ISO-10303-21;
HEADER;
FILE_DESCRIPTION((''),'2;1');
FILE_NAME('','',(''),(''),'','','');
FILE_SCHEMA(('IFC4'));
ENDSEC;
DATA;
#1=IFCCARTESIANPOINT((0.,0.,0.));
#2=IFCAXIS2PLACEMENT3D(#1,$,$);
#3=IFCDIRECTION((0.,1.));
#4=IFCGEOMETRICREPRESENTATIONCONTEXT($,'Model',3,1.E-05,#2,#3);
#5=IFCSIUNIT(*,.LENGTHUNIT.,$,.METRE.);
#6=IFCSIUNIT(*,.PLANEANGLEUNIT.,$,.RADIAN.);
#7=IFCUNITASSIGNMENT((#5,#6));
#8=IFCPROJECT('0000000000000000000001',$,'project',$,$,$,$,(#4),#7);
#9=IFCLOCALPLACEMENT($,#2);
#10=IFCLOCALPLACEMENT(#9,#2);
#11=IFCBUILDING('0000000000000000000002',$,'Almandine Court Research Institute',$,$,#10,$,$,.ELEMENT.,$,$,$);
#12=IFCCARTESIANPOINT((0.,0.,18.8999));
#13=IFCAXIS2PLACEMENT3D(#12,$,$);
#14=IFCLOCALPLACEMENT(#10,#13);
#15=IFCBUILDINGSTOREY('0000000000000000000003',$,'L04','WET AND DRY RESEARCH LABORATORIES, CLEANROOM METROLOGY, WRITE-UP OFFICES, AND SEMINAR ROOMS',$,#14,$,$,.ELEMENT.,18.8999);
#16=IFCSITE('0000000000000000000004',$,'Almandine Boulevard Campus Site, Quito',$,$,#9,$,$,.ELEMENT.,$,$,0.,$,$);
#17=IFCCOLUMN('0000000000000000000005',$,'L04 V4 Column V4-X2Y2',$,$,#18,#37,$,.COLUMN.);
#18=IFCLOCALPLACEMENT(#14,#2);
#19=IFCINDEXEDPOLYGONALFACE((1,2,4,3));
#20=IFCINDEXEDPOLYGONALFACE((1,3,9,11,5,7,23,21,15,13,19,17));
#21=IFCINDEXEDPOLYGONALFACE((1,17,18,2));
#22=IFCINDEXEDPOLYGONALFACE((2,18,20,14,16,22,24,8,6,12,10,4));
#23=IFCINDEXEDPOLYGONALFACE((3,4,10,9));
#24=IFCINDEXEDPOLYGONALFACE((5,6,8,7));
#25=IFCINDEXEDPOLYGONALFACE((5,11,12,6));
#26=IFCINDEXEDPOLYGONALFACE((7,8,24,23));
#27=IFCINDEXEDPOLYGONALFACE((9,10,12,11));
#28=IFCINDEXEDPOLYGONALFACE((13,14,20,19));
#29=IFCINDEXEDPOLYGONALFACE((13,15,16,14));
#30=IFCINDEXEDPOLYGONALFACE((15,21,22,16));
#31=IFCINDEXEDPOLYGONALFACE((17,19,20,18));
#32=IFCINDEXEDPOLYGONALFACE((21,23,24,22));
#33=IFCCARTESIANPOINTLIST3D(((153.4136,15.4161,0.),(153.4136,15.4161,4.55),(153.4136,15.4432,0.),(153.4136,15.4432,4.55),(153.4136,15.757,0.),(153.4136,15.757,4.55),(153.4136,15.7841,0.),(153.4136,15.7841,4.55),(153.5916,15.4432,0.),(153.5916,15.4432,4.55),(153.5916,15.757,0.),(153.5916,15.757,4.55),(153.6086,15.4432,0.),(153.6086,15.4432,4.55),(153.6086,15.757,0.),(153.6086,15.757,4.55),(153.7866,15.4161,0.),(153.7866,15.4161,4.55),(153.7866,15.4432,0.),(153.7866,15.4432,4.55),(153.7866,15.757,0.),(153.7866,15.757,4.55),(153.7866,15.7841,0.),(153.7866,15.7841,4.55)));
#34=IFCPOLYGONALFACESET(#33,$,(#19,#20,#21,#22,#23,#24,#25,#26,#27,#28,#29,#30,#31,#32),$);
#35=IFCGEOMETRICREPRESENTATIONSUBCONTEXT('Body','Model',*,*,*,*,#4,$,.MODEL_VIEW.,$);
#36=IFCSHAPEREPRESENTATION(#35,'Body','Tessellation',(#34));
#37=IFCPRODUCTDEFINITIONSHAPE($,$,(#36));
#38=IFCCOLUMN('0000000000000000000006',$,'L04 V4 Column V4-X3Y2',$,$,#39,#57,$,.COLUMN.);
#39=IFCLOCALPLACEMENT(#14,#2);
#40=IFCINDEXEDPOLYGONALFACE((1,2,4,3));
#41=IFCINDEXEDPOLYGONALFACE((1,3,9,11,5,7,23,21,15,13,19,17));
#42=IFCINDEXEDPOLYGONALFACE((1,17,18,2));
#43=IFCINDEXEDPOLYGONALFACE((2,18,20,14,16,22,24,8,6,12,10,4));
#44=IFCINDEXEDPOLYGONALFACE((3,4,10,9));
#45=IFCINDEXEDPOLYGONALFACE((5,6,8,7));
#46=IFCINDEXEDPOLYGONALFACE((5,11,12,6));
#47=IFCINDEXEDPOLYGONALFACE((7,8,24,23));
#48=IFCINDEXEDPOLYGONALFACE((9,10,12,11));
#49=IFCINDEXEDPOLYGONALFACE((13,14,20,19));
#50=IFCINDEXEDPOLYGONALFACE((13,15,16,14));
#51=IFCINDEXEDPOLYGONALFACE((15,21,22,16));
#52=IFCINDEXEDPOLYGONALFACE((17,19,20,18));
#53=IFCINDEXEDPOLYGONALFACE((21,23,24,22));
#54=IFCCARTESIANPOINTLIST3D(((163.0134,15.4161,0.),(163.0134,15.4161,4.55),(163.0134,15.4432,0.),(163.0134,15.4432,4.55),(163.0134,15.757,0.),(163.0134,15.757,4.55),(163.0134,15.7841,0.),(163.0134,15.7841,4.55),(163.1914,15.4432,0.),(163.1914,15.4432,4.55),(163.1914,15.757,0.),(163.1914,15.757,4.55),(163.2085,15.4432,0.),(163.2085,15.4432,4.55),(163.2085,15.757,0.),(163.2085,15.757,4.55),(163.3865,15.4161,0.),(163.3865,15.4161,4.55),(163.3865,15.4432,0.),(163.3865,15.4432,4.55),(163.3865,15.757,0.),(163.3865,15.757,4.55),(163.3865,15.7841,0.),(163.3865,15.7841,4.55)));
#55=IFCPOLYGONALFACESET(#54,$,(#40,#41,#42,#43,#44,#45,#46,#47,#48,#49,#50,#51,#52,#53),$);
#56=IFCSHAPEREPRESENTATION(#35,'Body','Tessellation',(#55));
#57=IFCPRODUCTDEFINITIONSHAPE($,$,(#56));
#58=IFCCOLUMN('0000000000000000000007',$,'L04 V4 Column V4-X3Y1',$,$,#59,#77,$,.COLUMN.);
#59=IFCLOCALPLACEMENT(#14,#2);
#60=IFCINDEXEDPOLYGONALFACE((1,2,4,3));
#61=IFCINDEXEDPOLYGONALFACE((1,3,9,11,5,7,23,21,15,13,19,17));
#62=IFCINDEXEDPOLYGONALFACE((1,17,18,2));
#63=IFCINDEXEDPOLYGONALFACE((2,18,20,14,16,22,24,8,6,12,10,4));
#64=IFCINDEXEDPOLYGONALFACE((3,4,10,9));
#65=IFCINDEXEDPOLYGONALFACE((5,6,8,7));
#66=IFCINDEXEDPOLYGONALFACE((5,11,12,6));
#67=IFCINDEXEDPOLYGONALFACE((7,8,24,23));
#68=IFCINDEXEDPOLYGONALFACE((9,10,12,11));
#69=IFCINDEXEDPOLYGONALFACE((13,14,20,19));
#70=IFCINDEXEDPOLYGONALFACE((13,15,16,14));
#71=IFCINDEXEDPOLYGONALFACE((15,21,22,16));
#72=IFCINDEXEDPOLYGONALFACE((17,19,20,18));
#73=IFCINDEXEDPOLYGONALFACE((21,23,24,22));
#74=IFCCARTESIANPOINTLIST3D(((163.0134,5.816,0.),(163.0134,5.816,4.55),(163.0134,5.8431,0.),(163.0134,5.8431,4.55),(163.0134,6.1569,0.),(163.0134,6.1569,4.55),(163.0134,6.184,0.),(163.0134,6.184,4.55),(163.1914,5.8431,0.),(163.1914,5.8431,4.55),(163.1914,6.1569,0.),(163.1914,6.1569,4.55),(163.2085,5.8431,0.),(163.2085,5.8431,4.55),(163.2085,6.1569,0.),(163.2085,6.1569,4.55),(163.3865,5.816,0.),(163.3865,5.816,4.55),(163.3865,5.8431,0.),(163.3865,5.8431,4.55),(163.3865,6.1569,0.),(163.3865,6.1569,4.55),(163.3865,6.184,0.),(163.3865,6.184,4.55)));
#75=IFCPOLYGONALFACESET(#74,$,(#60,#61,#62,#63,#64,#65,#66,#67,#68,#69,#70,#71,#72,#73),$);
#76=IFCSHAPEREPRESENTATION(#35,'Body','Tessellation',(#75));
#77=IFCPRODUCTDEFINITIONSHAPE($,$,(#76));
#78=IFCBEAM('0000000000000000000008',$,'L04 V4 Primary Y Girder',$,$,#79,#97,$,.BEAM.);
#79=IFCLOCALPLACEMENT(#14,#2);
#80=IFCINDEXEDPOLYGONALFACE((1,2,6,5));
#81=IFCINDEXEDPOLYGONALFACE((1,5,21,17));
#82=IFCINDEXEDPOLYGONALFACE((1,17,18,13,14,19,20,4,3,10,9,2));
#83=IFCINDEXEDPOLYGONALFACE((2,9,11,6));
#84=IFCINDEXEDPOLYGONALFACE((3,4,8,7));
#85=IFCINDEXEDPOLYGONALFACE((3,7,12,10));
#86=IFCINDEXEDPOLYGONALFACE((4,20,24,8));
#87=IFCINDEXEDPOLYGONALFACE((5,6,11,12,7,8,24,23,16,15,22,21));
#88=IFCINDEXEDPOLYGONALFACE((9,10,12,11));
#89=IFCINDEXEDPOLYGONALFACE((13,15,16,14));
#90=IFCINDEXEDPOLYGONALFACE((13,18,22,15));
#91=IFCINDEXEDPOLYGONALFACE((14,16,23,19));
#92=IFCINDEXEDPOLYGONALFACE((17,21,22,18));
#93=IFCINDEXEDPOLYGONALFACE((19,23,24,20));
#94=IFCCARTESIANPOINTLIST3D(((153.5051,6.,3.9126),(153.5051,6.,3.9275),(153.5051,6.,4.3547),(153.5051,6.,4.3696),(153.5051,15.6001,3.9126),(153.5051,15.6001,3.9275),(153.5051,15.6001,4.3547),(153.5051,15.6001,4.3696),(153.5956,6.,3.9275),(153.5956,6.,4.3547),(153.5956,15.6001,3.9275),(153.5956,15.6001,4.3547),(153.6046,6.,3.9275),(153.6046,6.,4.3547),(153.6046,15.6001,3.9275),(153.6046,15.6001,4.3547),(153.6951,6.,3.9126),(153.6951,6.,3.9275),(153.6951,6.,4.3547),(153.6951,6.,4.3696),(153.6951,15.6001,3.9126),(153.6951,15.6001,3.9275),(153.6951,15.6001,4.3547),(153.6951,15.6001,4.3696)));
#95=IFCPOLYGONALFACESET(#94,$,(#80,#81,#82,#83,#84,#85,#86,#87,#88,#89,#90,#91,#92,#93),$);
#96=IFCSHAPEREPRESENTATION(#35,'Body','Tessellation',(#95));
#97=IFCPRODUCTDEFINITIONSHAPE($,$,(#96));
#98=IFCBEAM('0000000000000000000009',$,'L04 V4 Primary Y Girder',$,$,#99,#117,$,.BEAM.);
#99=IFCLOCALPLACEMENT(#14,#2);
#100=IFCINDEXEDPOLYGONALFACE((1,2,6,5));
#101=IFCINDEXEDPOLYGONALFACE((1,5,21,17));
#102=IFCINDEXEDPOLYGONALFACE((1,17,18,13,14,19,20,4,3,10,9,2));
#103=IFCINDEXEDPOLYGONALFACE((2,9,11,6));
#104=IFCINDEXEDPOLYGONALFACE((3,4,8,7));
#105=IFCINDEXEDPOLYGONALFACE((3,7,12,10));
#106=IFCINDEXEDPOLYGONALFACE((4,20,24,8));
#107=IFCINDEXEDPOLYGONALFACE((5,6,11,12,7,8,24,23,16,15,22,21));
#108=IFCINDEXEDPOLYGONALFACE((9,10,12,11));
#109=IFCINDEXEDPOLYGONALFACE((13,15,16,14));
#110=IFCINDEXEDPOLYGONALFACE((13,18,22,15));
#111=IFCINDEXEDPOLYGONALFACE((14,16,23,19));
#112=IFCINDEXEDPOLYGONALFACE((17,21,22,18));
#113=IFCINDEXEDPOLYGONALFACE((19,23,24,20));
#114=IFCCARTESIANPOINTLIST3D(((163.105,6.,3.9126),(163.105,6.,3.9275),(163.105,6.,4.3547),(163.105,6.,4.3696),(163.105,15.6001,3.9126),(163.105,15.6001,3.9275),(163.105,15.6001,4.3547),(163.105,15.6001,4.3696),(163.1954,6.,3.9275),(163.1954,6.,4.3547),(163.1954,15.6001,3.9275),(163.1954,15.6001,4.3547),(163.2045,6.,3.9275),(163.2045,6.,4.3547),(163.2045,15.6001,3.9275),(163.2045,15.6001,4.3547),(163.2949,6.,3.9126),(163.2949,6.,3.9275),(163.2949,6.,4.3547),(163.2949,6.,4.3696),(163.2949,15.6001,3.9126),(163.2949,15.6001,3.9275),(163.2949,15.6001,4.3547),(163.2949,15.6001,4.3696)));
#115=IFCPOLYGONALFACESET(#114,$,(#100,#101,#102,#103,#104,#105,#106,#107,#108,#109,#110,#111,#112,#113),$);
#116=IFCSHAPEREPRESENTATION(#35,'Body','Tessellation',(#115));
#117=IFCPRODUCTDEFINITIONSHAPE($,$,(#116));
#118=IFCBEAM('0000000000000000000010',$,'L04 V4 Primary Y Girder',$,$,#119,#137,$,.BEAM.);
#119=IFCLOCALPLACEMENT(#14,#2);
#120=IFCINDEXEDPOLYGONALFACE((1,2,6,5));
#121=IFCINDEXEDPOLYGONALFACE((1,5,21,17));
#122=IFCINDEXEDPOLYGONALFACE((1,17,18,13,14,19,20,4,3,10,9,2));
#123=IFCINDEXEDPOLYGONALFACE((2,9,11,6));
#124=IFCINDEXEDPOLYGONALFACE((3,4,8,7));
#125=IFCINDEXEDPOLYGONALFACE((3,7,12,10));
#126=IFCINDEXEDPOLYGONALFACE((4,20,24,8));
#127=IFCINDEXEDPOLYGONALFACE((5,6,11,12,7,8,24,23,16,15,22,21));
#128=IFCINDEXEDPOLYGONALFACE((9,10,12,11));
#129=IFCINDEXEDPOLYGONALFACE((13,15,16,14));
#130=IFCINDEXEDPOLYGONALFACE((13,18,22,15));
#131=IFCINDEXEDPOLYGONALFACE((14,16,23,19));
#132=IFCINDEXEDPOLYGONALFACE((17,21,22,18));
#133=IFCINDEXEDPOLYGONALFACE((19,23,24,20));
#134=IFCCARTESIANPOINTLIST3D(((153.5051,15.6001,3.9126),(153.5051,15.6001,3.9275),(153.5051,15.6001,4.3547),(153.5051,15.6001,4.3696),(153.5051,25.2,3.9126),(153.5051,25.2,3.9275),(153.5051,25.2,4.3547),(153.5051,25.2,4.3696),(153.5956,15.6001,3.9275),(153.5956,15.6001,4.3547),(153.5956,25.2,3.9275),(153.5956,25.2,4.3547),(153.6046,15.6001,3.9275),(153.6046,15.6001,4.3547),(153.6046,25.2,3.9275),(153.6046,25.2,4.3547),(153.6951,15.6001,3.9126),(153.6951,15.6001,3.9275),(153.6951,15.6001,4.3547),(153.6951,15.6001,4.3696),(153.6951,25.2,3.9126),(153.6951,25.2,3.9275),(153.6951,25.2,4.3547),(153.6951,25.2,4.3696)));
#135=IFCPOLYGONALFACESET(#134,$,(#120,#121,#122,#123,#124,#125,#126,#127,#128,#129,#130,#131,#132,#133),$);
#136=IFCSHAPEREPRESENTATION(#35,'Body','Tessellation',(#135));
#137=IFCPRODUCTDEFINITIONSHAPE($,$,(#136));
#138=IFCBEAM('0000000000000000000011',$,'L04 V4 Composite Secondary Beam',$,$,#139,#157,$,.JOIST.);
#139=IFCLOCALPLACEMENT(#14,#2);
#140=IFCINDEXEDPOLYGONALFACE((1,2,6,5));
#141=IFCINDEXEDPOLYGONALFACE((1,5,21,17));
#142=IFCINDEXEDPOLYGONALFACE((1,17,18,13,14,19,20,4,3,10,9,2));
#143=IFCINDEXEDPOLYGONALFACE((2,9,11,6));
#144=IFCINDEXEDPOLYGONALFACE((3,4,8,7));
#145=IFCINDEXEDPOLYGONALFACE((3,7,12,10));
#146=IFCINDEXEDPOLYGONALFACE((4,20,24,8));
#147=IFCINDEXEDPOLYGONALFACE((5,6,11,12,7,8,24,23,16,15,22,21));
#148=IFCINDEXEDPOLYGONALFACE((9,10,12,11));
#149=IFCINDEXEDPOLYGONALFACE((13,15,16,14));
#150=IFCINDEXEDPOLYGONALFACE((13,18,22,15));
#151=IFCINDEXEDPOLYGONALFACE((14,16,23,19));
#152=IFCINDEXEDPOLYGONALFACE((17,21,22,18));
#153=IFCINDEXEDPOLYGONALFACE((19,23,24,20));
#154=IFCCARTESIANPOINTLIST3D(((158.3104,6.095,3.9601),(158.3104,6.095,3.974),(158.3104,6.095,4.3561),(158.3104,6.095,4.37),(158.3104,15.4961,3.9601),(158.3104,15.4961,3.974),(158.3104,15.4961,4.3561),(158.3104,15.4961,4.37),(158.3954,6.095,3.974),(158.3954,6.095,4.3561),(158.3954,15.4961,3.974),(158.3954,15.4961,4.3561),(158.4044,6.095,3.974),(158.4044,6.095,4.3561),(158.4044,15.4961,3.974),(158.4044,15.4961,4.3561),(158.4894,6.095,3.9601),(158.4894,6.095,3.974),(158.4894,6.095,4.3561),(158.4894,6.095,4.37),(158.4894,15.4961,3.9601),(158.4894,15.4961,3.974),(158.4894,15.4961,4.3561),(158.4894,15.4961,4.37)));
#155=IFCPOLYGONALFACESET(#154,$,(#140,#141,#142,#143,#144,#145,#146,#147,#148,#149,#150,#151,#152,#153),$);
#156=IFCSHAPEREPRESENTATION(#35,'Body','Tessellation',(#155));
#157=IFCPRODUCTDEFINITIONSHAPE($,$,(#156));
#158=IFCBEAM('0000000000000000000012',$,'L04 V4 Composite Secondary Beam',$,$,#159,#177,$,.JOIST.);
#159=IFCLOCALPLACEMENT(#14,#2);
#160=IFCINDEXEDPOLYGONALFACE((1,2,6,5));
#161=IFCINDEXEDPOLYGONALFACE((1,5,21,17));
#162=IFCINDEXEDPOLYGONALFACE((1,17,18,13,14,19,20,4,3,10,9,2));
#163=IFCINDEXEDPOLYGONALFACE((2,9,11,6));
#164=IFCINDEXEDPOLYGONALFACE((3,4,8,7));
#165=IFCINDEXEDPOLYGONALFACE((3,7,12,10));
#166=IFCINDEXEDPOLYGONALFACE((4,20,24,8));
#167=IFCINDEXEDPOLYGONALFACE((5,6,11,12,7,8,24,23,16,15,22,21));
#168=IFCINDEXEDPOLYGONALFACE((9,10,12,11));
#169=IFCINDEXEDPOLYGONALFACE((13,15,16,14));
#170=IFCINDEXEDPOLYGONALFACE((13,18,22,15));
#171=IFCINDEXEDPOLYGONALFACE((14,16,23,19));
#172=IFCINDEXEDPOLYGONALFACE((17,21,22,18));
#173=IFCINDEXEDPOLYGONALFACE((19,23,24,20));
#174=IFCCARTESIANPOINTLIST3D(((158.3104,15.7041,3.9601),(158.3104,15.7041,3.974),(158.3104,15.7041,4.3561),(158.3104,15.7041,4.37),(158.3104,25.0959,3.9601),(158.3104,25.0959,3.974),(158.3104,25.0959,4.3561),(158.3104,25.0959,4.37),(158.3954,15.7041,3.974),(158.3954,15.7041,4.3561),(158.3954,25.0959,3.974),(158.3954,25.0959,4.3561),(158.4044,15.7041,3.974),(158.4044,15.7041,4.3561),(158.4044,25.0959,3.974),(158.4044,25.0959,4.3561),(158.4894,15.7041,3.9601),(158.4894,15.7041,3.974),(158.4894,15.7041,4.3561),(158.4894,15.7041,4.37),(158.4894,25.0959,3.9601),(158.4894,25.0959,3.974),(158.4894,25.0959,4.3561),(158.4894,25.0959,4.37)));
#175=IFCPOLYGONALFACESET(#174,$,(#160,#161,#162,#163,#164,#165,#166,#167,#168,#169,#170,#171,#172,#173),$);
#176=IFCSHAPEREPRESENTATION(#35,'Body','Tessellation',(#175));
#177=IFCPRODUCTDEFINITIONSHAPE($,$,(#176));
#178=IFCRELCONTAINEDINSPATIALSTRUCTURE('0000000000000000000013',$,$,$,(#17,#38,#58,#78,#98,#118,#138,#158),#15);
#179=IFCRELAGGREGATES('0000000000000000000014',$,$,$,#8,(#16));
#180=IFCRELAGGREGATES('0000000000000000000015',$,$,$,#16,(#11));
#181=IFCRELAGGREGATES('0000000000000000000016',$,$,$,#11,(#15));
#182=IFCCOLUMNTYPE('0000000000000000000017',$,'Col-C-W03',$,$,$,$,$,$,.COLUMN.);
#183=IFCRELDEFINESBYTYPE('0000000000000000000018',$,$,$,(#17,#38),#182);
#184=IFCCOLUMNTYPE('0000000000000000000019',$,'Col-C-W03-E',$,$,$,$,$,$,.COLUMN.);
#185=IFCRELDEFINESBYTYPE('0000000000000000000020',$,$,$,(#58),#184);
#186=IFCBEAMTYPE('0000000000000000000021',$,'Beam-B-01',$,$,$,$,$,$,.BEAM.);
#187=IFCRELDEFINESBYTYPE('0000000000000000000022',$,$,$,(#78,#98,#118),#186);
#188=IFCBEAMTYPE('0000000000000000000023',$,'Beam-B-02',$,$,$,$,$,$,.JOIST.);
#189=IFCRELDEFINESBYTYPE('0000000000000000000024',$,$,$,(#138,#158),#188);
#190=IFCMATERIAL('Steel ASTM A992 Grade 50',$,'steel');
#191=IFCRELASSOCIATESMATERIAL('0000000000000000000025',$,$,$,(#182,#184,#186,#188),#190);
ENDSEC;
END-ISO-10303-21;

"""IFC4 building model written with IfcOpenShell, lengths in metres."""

from ifc_helpers import new_model, si_unit, direction, frame, origin, origin_2d, place, context, subcontext, project, spatial, i_section, extrude, material, material_profile, profile_set, type_object, element, save


model = new_model("IFC4")

# Units and contexts
model_context = context("Model", 3, precision=1e-05, world=origin(), true_north=direction((0.0, 1.0)))
body_context = subcontext(model_context, "Body", "Model", "MODEL_VIEW")
ifc_project = project(units=[si_unit("LENGTHUNIT", "METRE"), si_unit("PLANEANGLEUNIT", "RADIAN")], contexts=[model_context])

# Site, building, storey
site_placement = place(None, origin())
site = spatial("IfcSite", under=ifc_project, at=site_placement, Name="Almandine Boulevard Campus Site, Quito", CompositionType="ELEMENT", RefElevation=0.0)
building_placement = place(site_placement, origin())
building = spatial("IfcBuilding", under=site, at=building_placement, Name="Almandine Court Research Institute", CompositionType="ELEMENT")
storey_placement = place(building_placement, frame((0.0, 0.0, 18.8999)))
storey = spatial("IfcBuildingStorey", under=building, at=storey_placement, Name="L04", Description="WET AND DRY RESEARCH LABORATORIES, CLEANROOM METROLOGY, WRITE-UP OFFICES, AND SEMINAR ROOMS", CompositionType="ELEMENT", Elevation=18.8999)

# Columns
ifc_material_1 = material(Name="Steel ASTM A992 Grade 50", Category="steel")
ifc_material_profile_1 = material_profile(ifc_material_1, i_section(OverallWidth=0.373, OverallDepth=0.3679, WebThickness=0.0171, FlangeThickness=0.0271, at=origin_2d()), Name="W360x179")
ifc_profile_set_1 = profile_set([ifc_material_profile_1], Name="Steel ASTM A992 Grade 50")
column_type_1 = type_object("IfcColumnType", Name="Col-C-W03", PredefinedType="COLUMN", material=ifc_profile_set_1)
for number, where, z_axis, x_axis, name in (
    (1, (153.6001, 15.6001, 0.0), (0.0, 0.0, 1.0), (1.0, 0.0, 0.0), "L04 V4 Column V4-X2Y2"),
    (2, (163.2, 15.6001, 0.0), (0.0, 0.0, 1.0), (1.0, 0.0, 0.0), "L04 V4 Column V4-X3Y2"),
):
    element("IfcColumn", number, at=place(storey_placement, frame(where, z_axis=z_axis, x_axis=x_axis)), inside=storey, type_object=column_type_1, Name=name, PredefinedType="COLUMN", context=body_context, shape_type="SweptSolid", body=[
        extrude(i_section(OverallWidth=0.373, OverallDepth=0.3679, WebThickness=0.0171, FlangeThickness=0.0271, at=origin_2d()), origin(), (0.0, 0.0, 1.0), 4.55),
    ])
ifc_material_profile_2 = material_profile(ifc_material_1, i_section(OverallWidth=0.373, OverallDepth=0.3679, WebThickness=0.0171, FlangeThickness=0.0271, at=origin_2d()), Name="W360x179")
ifc_profile_set_2 = profile_set([ifc_material_profile_2], Name="Steel ASTM A992 Grade 50")
column_type_2 = type_object("IfcColumnType", Name="Col-C-W03-E", PredefinedType="COLUMN", material=ifc_profile_set_2)
column_placement = place(storey_placement, frame((163.2, 6.0, 0.0), z_axis=(0.0, 0.0, 1.0), x_axis=(1.0, 0.0, 0.0)))
element("IfcColumn", 3, at=column_placement, inside=storey, type_object=column_type_2, Name="L04 V4 Column V4-X3Y1", PredefinedType="COLUMN", context=body_context, shape_type="SweptSolid", body=[
    extrude(i_section(OverallWidth=0.373, OverallDepth=0.3679, WebThickness=0.0171, FlangeThickness=0.0271, at=origin_2d()), origin(), (0.0, 0.0, 1.0), 4.55),
])

# Beams
ifc_material_profile_3 = material_profile(ifc_material_1, i_section(OverallWidth=0.1899, OverallDepth=0.457, WebThickness=0.009, FlangeThickness=0.0149, at=origin_2d()), Name="W460x74")
ifc_profile_set_3 = profile_set([ifc_material_profile_3], Name="Steel ASTM A992 Grade 50")
beam_type_1 = type_object("IfcBeamType", Name="Beam-B-01", PredefinedType="BEAM", material=ifc_profile_set_3)
for number, where, z_axis, x_axis, name in (
    (4, (153.6001, 6.0, 4.1411), (0.0, 1.0, 0.0), (-1.0, 0.0, 0.0), "L04 V4 Primary Y Girder"),
    (5, (163.2, 6.0, 4.1411), (0.0, 1.0, 0.0), (-1.0, 0.0, 0.0), "L04 V4 Primary Y Girder"),
):
    element("IfcBeam", number, at=place(storey_placement, frame(where, z_axis=z_axis, x_axis=x_axis)), inside=storey, type_object=beam_type_1, Name=name, PredefinedType="BEAM", context=body_context, shape_type="SweptSolid", body=[
        extrude(i_section(OverallWidth=0.1899, OverallDepth=0.457, WebThickness=0.009, FlangeThickness=0.0149, at=origin_2d()), origin(), (0.0, 0.0, 1.0), 9.6001),
    ])
beam_1_placement = place(storey_placement, frame((153.6001, 15.6001, 4.1411), z_axis=(0.0, 1.0, 0.0), x_axis=(-1.0, 0.0, 0.0)))
element("IfcBeam", 6, at=beam_1_placement, inside=storey, type_object=beam_type_1, Name="L04 V4 Primary Y Girder", PredefinedType="BEAM", context=body_context, shape_type="SweptSolid", body=[
    extrude(i_section(OverallWidth=0.1899, OverallDepth=0.457, WebThickness=0.009, FlangeThickness=0.0149, at=origin_2d()), origin(), (0.0, 0.0, 1.0), 9.5999),
])
ifc_material_profile_4 = material_profile(ifc_material_1, i_section(OverallWidth=0.179, OverallDepth=0.4099, WebThickness=0.009, FlangeThickness=0.0139, at=origin_2d()), Name="W410x67")
ifc_profile_set_4 = profile_set([ifc_material_profile_4], Name="Steel ASTM A992 Grade 50")
beam_type_2 = type_object("IfcBeamType", Name="Beam-B-02", PredefinedType="JOIST", material=ifc_profile_set_4)
beam_2_placement = place(storey_placement, frame((158.3999, 6.095, 4.165), z_axis=(0.0, 1.0, 0.0), x_axis=(-1.0, 0.0, 0.0)))
element("IfcBeam", 7, at=beam_2_placement, inside=storey, type_object=beam_type_2, Name="L04 V4 Composite Secondary Beam", PredefinedType="JOIST", context=body_context, shape_type="SweptSolid", body=[
    extrude(i_section(OverallWidth=0.179, OverallDepth=0.4099, WebThickness=0.009, FlangeThickness=0.0139, at=origin_2d()), origin(), (0.0, 0.0, 1.0), 9.4011),
])
beam_3_placement = place(storey_placement, frame((158.3999, 15.7041, 4.165), z_axis=(0.0, 1.0, 0.0), x_axis=(-1.0, 0.0, 0.0)))
element("IfcBeam", 8, at=beam_3_placement, inside=storey, type_object=beam_type_2, Name="L04 V4 Composite Secondary Beam", PredefinedType="JOIST", context=body_context, shape_type="SweptSolid", body=[
    extrude(i_section(OverallWidth=0.179, OverallDepth=0.4099, WebThickness=0.009, FlangeThickness=0.0139, at=origin_2d()), origin(), (0.0, 0.0, 1.0), 9.3918),
])

save(model, "model.ifc")
